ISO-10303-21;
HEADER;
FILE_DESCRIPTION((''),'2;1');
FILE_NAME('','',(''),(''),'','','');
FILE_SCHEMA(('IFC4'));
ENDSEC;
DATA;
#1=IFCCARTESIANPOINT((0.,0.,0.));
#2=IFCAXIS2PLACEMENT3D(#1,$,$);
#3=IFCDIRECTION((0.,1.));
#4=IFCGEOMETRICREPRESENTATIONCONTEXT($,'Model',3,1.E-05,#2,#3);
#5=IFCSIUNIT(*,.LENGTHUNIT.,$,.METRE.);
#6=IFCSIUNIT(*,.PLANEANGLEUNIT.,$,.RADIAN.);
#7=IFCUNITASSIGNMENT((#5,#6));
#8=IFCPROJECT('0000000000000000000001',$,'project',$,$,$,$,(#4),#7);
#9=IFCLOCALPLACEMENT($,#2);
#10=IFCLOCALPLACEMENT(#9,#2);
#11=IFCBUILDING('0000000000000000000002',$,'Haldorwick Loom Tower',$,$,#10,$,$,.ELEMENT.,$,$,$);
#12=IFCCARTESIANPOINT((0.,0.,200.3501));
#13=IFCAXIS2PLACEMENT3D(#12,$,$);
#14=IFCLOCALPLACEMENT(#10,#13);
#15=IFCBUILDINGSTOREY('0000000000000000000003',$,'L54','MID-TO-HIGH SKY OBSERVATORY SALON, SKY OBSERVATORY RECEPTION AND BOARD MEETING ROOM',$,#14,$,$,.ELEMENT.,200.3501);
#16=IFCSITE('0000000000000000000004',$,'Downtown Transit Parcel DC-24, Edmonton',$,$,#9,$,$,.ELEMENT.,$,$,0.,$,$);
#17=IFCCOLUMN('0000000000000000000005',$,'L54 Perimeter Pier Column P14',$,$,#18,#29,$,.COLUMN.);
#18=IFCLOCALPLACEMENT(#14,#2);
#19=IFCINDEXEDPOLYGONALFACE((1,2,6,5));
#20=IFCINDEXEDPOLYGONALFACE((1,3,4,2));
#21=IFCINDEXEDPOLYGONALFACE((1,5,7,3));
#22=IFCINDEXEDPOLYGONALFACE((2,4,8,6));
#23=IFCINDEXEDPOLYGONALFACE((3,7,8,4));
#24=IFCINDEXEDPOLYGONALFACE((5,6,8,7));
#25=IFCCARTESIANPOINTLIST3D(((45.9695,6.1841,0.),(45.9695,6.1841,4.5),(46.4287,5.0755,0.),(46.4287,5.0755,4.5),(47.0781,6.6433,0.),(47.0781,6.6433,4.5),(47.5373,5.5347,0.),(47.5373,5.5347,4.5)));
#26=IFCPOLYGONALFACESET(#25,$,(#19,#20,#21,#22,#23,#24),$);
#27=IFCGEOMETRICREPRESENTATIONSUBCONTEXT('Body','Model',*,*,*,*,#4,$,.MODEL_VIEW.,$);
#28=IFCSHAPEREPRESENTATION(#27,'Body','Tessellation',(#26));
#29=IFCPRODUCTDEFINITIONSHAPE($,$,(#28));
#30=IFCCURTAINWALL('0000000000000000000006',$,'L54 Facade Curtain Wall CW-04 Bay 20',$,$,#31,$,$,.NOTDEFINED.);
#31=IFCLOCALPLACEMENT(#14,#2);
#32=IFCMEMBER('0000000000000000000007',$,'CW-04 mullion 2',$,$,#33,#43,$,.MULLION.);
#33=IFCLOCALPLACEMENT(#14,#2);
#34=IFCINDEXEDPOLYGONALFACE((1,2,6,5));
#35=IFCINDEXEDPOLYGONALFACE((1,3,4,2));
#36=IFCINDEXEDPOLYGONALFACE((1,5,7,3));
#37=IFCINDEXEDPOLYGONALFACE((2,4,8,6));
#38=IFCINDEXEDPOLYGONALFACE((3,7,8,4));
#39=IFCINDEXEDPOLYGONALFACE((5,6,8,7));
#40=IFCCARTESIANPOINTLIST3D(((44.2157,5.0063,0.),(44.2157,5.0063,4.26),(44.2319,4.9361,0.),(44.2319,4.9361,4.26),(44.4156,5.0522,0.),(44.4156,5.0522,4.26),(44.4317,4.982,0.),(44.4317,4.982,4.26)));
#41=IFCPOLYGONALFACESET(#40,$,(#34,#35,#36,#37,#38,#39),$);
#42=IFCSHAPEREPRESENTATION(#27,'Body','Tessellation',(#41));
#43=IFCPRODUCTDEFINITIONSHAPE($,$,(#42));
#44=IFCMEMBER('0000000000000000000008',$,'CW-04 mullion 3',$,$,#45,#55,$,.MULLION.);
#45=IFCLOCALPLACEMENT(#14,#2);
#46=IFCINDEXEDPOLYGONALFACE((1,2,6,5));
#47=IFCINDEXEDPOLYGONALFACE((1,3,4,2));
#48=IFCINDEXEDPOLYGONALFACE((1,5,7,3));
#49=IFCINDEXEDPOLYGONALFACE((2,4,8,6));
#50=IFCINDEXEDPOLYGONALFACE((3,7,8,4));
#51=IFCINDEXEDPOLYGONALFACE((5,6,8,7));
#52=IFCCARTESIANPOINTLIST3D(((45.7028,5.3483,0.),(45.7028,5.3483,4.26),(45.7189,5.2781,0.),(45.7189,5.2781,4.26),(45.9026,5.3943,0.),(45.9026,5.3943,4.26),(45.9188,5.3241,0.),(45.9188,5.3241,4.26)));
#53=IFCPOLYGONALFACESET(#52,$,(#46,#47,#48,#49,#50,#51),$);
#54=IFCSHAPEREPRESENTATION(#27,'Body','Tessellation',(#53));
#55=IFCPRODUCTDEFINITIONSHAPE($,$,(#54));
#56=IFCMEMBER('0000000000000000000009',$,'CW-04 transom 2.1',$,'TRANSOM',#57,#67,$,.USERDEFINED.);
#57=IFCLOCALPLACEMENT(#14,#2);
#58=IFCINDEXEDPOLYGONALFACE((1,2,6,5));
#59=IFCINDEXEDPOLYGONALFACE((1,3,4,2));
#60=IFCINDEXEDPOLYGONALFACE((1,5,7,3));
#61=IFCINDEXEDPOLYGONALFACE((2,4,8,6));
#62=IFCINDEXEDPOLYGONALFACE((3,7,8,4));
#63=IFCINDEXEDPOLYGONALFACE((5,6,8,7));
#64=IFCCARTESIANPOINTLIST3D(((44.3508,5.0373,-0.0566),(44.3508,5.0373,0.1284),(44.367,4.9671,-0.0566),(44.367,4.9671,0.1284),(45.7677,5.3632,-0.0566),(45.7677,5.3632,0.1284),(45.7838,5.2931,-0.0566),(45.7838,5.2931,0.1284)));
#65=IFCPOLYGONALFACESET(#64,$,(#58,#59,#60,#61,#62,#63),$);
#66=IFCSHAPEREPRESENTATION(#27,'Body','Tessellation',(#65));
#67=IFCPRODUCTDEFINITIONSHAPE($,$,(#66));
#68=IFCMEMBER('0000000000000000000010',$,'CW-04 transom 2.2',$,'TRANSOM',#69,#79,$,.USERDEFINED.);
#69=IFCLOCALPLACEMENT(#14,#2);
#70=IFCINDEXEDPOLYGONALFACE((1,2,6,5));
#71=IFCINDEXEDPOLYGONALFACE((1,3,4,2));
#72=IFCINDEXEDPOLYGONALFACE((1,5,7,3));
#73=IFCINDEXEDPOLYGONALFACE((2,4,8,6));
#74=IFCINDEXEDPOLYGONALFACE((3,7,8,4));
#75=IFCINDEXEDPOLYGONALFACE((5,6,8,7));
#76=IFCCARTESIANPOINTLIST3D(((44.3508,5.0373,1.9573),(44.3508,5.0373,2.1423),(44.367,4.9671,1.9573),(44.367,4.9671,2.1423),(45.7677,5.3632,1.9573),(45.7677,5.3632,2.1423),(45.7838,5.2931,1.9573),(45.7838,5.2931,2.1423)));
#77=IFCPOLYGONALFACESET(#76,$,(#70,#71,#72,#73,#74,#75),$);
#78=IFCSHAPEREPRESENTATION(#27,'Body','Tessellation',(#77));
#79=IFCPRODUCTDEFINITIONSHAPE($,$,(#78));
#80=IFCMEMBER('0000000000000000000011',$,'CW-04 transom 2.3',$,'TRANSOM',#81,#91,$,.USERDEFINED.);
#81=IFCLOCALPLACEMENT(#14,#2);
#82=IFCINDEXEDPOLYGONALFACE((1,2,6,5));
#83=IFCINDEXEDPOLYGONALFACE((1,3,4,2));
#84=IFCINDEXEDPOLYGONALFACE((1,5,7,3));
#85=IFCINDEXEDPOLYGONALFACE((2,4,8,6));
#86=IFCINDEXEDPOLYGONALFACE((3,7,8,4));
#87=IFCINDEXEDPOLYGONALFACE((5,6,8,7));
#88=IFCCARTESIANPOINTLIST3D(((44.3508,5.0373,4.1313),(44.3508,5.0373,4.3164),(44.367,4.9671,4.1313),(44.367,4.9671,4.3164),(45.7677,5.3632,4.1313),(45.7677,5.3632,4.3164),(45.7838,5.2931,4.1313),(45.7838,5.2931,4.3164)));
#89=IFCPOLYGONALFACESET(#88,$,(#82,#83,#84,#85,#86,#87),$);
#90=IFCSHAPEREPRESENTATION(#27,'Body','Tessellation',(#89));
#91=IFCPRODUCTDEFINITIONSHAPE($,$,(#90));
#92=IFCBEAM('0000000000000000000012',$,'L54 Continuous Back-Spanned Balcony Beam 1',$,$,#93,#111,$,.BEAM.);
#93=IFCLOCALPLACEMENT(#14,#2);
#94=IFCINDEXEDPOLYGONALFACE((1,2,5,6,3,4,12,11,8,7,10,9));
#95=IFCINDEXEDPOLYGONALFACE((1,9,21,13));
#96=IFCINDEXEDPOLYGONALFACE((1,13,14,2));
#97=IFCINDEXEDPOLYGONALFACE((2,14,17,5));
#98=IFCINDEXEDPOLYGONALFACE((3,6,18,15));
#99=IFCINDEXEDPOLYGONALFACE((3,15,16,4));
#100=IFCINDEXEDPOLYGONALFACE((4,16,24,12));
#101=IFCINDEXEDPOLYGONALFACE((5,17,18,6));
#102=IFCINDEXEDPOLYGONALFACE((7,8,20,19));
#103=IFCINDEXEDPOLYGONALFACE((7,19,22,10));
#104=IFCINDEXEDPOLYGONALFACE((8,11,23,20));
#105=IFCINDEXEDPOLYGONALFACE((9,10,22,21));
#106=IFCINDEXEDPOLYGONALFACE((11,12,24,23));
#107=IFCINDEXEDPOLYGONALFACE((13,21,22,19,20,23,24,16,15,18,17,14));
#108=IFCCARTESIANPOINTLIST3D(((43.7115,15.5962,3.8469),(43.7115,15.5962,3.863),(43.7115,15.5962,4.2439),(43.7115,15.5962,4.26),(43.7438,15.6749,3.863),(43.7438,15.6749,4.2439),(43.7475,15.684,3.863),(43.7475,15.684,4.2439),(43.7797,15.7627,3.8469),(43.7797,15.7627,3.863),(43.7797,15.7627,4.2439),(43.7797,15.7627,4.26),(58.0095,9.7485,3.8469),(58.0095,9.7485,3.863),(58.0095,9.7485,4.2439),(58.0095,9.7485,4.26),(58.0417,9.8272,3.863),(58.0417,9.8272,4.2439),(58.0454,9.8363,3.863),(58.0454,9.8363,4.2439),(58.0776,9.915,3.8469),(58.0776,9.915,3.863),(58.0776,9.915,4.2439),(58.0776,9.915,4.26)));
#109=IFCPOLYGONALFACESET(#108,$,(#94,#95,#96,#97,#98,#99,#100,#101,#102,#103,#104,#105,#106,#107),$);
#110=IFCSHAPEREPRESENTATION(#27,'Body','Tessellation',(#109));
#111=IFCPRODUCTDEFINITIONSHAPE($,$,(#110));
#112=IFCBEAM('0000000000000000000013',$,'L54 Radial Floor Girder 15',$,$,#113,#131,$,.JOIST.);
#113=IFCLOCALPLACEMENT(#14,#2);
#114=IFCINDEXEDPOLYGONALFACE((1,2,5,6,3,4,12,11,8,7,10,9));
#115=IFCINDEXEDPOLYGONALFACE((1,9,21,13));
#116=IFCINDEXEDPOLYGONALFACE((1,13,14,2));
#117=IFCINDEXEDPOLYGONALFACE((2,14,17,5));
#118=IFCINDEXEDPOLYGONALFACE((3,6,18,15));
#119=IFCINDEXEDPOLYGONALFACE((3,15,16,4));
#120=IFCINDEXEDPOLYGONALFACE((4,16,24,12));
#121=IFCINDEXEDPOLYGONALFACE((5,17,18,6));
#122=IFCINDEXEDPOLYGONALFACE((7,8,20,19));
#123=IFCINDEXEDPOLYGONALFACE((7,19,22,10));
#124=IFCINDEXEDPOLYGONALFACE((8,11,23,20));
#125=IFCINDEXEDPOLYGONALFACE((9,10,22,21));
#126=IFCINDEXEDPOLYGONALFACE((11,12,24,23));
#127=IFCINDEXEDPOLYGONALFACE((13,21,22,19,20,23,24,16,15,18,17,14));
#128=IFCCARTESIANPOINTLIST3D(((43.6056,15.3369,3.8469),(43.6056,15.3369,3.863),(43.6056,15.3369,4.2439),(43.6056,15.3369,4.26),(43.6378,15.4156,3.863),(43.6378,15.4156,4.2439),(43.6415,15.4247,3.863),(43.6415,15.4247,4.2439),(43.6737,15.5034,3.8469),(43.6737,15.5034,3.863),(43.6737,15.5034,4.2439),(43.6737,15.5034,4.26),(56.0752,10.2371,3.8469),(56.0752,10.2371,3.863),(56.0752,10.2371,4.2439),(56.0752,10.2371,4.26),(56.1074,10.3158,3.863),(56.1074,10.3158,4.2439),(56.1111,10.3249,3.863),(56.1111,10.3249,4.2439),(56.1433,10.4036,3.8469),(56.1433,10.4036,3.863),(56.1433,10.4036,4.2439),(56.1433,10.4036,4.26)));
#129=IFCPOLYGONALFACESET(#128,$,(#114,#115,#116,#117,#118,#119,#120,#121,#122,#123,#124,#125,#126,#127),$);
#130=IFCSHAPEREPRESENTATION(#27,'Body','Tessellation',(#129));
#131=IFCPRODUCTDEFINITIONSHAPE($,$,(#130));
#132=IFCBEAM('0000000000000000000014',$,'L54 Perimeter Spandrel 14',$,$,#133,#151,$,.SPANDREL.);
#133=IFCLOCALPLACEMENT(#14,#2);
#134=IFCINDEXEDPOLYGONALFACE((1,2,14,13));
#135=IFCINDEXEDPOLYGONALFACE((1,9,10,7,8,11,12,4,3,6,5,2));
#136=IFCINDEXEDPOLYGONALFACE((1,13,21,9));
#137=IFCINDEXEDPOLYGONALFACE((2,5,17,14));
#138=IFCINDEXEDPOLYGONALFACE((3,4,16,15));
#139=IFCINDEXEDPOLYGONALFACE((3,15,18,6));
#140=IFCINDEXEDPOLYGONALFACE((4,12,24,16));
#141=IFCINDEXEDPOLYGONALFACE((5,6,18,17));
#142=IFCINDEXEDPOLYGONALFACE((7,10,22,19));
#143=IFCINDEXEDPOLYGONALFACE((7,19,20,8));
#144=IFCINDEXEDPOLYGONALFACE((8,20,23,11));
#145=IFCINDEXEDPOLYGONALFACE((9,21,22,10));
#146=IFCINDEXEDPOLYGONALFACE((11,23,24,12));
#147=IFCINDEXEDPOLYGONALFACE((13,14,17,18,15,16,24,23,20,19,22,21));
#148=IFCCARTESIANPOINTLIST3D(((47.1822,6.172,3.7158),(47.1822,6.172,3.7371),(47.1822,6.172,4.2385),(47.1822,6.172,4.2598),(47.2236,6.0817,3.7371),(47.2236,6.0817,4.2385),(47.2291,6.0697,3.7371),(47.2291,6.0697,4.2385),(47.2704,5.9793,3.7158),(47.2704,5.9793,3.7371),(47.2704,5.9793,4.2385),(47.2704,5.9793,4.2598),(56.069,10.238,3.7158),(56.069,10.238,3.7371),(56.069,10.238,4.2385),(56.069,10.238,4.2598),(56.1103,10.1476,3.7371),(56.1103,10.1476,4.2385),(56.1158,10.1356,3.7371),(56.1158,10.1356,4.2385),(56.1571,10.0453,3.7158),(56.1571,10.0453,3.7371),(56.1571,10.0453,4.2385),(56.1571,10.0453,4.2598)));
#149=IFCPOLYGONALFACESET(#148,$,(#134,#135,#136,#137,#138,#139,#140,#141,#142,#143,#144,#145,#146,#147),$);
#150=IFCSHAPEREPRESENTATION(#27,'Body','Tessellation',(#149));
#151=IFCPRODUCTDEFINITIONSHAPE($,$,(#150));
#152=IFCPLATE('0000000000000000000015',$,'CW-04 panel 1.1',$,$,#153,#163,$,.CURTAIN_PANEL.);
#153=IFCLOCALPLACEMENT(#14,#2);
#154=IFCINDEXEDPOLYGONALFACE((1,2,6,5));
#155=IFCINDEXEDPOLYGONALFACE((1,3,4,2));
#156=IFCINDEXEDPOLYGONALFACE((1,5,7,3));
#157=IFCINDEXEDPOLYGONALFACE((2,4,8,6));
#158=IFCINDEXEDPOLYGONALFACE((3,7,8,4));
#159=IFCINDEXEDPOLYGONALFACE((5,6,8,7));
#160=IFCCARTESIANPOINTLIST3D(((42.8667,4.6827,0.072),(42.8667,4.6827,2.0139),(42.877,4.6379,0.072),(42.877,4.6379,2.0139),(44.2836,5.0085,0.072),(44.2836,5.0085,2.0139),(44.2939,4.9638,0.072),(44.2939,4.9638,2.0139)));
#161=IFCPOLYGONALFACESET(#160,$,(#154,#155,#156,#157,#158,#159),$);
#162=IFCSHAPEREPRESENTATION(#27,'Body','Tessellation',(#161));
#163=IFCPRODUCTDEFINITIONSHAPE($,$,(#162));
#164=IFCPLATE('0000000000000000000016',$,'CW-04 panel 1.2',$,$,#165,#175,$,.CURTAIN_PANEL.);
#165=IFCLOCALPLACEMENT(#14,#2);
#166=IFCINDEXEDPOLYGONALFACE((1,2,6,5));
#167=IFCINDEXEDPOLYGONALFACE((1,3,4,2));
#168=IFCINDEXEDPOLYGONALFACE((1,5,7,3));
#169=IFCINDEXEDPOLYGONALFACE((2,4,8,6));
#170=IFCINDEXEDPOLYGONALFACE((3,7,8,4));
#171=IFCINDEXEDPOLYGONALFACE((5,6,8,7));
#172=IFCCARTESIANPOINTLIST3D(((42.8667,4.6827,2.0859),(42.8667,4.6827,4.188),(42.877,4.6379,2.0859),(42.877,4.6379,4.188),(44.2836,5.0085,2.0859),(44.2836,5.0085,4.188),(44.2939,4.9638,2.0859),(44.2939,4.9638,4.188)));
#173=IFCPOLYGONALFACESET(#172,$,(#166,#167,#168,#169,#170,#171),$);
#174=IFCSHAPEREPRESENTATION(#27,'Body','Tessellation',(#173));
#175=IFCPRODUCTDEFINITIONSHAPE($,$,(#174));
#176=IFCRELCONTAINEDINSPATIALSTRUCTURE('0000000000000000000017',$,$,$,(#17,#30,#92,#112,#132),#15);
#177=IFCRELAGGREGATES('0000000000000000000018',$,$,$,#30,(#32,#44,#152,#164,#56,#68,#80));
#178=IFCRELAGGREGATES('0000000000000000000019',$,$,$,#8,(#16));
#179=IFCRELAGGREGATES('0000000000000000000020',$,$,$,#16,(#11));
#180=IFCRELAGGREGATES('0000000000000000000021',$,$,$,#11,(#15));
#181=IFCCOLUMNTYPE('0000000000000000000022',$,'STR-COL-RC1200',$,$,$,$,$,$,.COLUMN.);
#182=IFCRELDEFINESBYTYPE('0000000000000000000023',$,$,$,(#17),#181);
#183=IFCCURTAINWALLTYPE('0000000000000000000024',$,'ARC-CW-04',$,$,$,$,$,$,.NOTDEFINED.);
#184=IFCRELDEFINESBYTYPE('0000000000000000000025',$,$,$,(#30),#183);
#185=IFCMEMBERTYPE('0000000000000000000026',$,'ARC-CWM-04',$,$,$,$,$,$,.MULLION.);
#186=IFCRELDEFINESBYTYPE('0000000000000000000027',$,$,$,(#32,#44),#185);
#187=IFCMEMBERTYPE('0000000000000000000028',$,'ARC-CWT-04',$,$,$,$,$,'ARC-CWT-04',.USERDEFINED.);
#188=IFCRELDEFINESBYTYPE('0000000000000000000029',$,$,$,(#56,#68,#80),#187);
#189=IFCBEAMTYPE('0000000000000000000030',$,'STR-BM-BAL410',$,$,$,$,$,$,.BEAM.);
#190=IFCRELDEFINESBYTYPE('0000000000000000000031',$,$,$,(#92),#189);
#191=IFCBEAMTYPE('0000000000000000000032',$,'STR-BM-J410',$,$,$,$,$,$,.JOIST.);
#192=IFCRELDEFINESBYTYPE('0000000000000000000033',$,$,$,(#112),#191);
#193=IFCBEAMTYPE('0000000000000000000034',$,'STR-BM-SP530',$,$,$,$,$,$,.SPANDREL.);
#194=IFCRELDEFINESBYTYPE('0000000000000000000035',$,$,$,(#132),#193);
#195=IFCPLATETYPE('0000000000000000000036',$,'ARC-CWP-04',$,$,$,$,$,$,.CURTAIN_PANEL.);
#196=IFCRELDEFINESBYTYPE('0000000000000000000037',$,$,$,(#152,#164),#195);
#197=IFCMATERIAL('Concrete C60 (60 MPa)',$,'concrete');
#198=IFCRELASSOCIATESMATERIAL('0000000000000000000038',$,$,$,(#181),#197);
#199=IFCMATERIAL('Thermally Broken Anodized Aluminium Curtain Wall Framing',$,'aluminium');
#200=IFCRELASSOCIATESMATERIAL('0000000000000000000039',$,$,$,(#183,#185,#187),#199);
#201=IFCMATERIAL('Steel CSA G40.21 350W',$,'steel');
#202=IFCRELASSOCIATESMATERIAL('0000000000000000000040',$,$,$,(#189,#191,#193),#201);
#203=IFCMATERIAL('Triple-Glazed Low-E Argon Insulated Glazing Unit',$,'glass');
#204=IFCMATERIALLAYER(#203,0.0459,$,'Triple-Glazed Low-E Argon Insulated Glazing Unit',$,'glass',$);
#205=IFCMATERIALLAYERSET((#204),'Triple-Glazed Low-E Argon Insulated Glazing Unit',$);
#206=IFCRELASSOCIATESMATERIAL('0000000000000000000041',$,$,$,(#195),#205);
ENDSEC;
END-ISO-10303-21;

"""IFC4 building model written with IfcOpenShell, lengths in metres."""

from ifc_helpers import new_model, si_unit, direction, frame, origin, origin_2d, place, context, subcontext, project, spatial, rectangle, i_section, extrude, material, layer, layer_set, material_profile, profile_set, type_object, element, aggregate, save


model = new_model("IFC4")

# Units and contexts
model_context = context("Model", 3, precision=1e-05, world=origin(), true_north=direction((0.0, 1.0)))
body_context = subcontext(model_context, "Body", "Model", "MODEL_VIEW")
ifc_project = project(units=[si_unit("LENGTHUNIT", "METRE"), si_unit("PLANEANGLEUNIT", "RADIAN")], contexts=[model_context])

# Site, building, storey
site_placement = place(None, origin())
site = spatial("IfcSite", under=ifc_project, at=site_placement, Name="Downtown Transit Parcel DC-24, Edmonton", CompositionType="ELEMENT", RefElevation=0.0)
building_placement = place(site_placement, origin())
building = spatial("IfcBuilding", under=site, at=building_placement, Name="Haldorwick Loom Tower", CompositionType="ELEMENT")
storey_placement = place(building_placement, frame((0.0, 0.0, 200.3501)))
storey = spatial("IfcBuildingStorey", under=building, at=storey_placement, Name="L54", Description="MID-TO-HIGH SKY OBSERVATORY SALON, SKY OBSERVATORY RECEPTION AND BOARD MEETING ROOM", CompositionType="ELEMENT", Elevation=200.3501)

# Column
ifc_material_1 = material(Name="Concrete C60 (60 MPa)", Category="concrete")
ifc_material_profile_1 = material_profile(ifc_material_1, rectangle(XDim=1.2, YDim=1.2, at=origin_2d()), Name="RC1200X1200", Category="concrete")
ifc_profile_set_1 = profile_set([ifc_material_profile_1], Name="Concrete C60 (60 MPa)")
column_type = type_object("IfcColumnType", Name="STR-COL-RC1200", PredefinedType="COLUMN", material=ifc_profile_set_1)
column_placement = place(storey_placement, frame((46.7534, 5.8594, 0.0), z_axis=(0.0, 0.0, 1.0), x_axis=(0.382683, -0.92388, 0.0)))
element("IfcColumn", 1, at=column_placement, inside=storey, type_object=column_type, Name="L54 Perimeter Pier Column P14", PredefinedType="COLUMN", context=body_context, shape_type="SweptSolid", body=[
    extrude(rectangle(XDim=1.2, YDim=1.2, at=origin_2d()), origin(), (0.0, 0.0, 1.0), 4.5),
])

# Curtain wall, members
ifc_material_2 = material(Name="Thermally Broken Anodized Aluminium Curtain Wall Framing", Category="aluminium")
curtain_wall_type = type_object("IfcCurtainWallType", Name="ARC-CW-04", PredefinedType="NOTDEFINED", material=ifc_material_2)
curtain_wall_placement = place(storey_placement, origin())
curtain_wall = element("IfcCurtainWall", 2, at=curtain_wall_placement, inside=storey, type_object=curtain_wall_type, Name="L54 Facade Curtain Wall CW-04 Bay 20", PredefinedType="NOTDEFINED")
ifc_material_profile_2 = material_profile(ifc_material_2, rectangle(XDim=0.072, YDim=0.2051, at=origin_2d()), Name="ALU_MUL_72X205", Category="aluminium")
ifc_profile_set_2 = profile_set([ifc_material_profile_2], Name="Thermally Broken Anodized Aluminium Curtain Wall Framing")
member_type_1 = type_object("IfcMemberType", Name="ARC-CWM-04", PredefinedType="MULLION", material=ifc_profile_set_2)
member_1_placement = place(storey_placement, frame((44.3237, 4.9941, 0.0), z_axis=(0.0, 0.0, 1.0), x_axis=(-0.224142, 0.974557, 0.0)))
member_1 = element("IfcMember", 3, at=member_1_placement, type_object=member_type_1, Name="CW-04 mullion 2", PredefinedType="MULLION", context=body_context, shape_type="SweptSolid", body=[
    extrude(rectangle(XDim=0.072, YDim=0.2051, at=origin_2d()), origin(), (0.0, 0.0, 1.0), 4.26),
])
member_2_placement = place(storey_placement, frame((45.8108, 5.3362, 0.0), z_axis=(0.0, 0.0, 1.0), x_axis=(-0.224142, 0.974557, 0.0)))
member_2 = element("IfcMember", 4, at=member_2_placement, type_object=member_type_1, Name="CW-04 mullion 3", PredefinedType="MULLION", context=body_context, shape_type="SweptSolid", body=[
    extrude(rectangle(XDim=0.072, YDim=0.2051, at=origin_2d()), origin(), (0.0, 0.0, 1.0), 4.26),
])
ifc_material_profile_3 = material_profile(ifc_material_2, rectangle(XDim=0.072, YDim=0.1851, at=origin_2d()), Name="ALU_TRN_72X185", Category="aluminium")
ifc_profile_set_3 = profile_set([ifc_material_profile_3], Name="Thermally Broken Anodized Aluminium Curtain Wall Framing")
member_type_2 = type_object("IfcMemberType", Name="ARC-CWT-04", ElementType="ARC-CWT-04", PredefinedType="USERDEFINED", material=ifc_profile_set_3)
member_3_placement = place(storey_placement, frame((44.3589, 5.0022, 0.0359), z_axis=(0.974544, 0.224197, 0.0), x_axis=(-0.224197, 0.974544, 0.0)))
member_3 = element("IfcMember", 5, at=member_3_placement, type_object=member_type_2, Name="CW-04 transom 2.1", ObjectType="TRANSOM", PredefinedType="USERDEFINED", context=body_context, shape_type="SweptSolid", body=[
    extrude(rectangle(XDim=0.072, YDim=0.1851, at=origin_2d()), origin(), (0.0, 0.0, 1.0), 1.4539),
])
member_4_placement = place(storey_placement, frame((44.3589, 5.0022, 2.0498), z_axis=(0.974544, 0.224197, 0.0), x_axis=(-0.224197, 0.974544, 0.0)))
member_4 = element("IfcMember", 6, at=member_4_placement, type_object=member_type_2, Name="CW-04 transom 2.2", ObjectType="TRANSOM", PredefinedType="USERDEFINED", context=body_context, shape_type="SweptSolid", body=[
    extrude(rectangle(XDim=0.072, YDim=0.1851, at=origin_2d()), origin(), (0.0, 0.0, 1.0), 1.4539),
])
member_5_placement = place(storey_placement, frame((44.3589, 5.0022, 4.2239), z_axis=(0.974544, 0.224197, 0.0), x_axis=(-0.224197, 0.974544, 0.0)))
member_5 = element("IfcMember", 7, at=member_5_placement, type_object=member_type_2, Name="CW-04 transom 2.3", ObjectType="TRANSOM", PredefinedType="USERDEFINED", context=body_context, shape_type="SweptSolid", body=[
    extrude(rectangle(XDim=0.072, YDim=0.1851, at=origin_2d()), origin(), (0.0, 0.0, 1.0), 1.4539),
])

# Beams
ifc_material_3 = material(Name="Steel CSA G40.21 350W", Category="steel")
ifc_material_profile_4 = material_profile(ifc_material_3, i_section(OverallWidth=0.1799, OverallDepth=0.4131, WebThickness=0.0098, FlangeThickness=0.0161, at=origin_2d()), Name="W410X74", Category="steel")
ifc_profile_set_4 = profile_set([ifc_material_profile_4], Name="Steel CSA G40.21 350W")
beam_type_1 = type_object("IfcBeamType", Name="STR-BM-BAL410", PredefinedType="BEAM", material=ifc_profile_set_4)
beam_1_placement = place(storey_placement, frame((43.7456, 15.6794, 4.0535), z_axis=(0.92558, -0.378552, 0.0), x_axis=(0.378552, 0.92558, 0.0)))
element("IfcBeam", 8, at=beam_1_placement, inside=storey, type_object=beam_type_1, Name="L54 Continuous Back-Spanned Balcony Beam 1", PredefinedType="BEAM", context=body_context, shape_type="SweptSolid", body=[
    extrude(i_section(OverallWidth=0.1799, OverallDepth=0.4131, WebThickness=0.0098, FlangeThickness=0.0161, at=origin_2d()), origin(), (0.0, 0.0, 1.0), 15.4475),
])
ifc_material_profile_5 = material_profile(ifc_material_3, i_section(OverallWidth=0.1799, OverallDepth=0.4131, WebThickness=0.0098, FlangeThickness=0.0161, at=origin_2d()), Name="W410X74", Category="steel")
ifc_profile_set_5 = profile_set([ifc_material_profile_5], Name="Steel CSA G40.21 350W")
beam_type_2 = type_object("IfcBeamType", Name="STR-BM-J410", PredefinedType="JOIST", material=ifc_profile_set_5)
beam_2_placement = place(storey_placement, frame((43.6396, 15.4202, 4.0535), z_axis=(0.925583, -0.378544, 0.0), x_axis=(0.378544, 0.925583, 0.0)))
element("IfcBeam", 9, at=beam_2_placement, inside=storey, type_object=beam_type_2, Name="L54 Radial Floor Girder 15", PredefinedType="JOIST", context=body_context, shape_type="SweptSolid", body=[
    extrude(i_section(OverallWidth=0.1799, OverallDepth=0.4131, WebThickness=0.0098, FlangeThickness=0.0161, at=origin_2d()), origin(), (0.0, 0.0, 1.0), 13.4722),
])
ifc_material_profile_6 = material_profile(ifc_material_3, i_section(OverallWidth=0.2119, OverallDepth=0.5439, WebThickness=0.0132, FlangeThickness=0.0212, at=origin_2d()), Name="W530X123", Category="steel")
ifc_profile_set_6 = profile_set([ifc_material_profile_6], Name="Steel CSA G40.21 350W")
beam_type_3 = type_object("IfcBeamType", Name="STR-BM-SP530", PredefinedType="SPANDREL", material=ifc_profile_set_6)
beam_3_placement = place(storey_placement, frame((47.2263, 6.0757, 3.9878), z_axis=(0.909342, 0.416049, 0.0), x_axis=(-0.416049, 0.909342, 0.0)))
element("IfcBeam", 10, at=beam_3_placement, inside=storey, type_object=beam_type_3, Name="L54 Perimeter Spandrel 14", PredefinedType="SPANDREL", context=body_context, shape_type="SweptSolid", body=[
    extrude(i_section(OverallWidth=0.2119, OverallDepth=0.5439, WebThickness=0.0132, FlangeThickness=0.0212, at=origin_2d()), origin(), (0.0, 0.0, 1.0), 9.7727),
])

# Plates
ifc_material_4 = material(Name="Triple-Glazed Low-E Argon Insulated Glazing Unit", Category="glass")
ifc_layer_1 = layer(ifc_material_4, 0.0459, Name="Triple-Glazed Low-E Argon Insulated Glazing Unit", Category="glass")
ifc_layer_set_1 = layer_set([ifc_layer_1], Name="Triple-Glazed Low-E Argon Insulated Glazing Unit")
plate_type = type_object("IfcPlateType", Name="ARC-CWP-04", PredefinedType="CURTAIN_PANEL", material=ifc_layer_set_1)
plate_1_placement = place(storey_placement, frame((43.5803, 4.8232, 0.072), z_axis=(0.0, 0.0, 1.0), x_axis=(0.974557, 0.224142, 0.0)))
plate_1 = element("IfcPlate", 11, at=plate_1_placement, type_object=plate_type, Name="CW-04 panel 1.1", PredefinedType="CURTAIN_PANEL", context=body_context, shape_type="SweptSolid", body=[
    extrude(rectangle(XDim=1.4539, YDim=0.0459, at=origin_2d()), origin(), (0.0, 0.0, 1.0), 1.9419),
])
plate_2_placement = place(storey_placement, frame((43.5803, 4.8232, 2.0859), z_axis=(0.0, 0.0, 1.0), x_axis=(0.974557, 0.224142, 0.0)))
plate_2 = element("IfcPlate", 12, at=plate_2_placement, type_object=plate_type, Name="CW-04 panel 1.2", PredefinedType="CURTAIN_PANEL", context=body_context, shape_type="SweptSolid", body=[
    extrude(rectangle(XDim=1.4539, YDim=0.0459, at=origin_2d()), origin(), (0.0, 0.0, 1.0), 2.1021),
])
aggregate(curtain_wall, [member_1, member_2, plate_1, plate_2, member_3, member_4, member_5])

save(model, "model.ifc")
